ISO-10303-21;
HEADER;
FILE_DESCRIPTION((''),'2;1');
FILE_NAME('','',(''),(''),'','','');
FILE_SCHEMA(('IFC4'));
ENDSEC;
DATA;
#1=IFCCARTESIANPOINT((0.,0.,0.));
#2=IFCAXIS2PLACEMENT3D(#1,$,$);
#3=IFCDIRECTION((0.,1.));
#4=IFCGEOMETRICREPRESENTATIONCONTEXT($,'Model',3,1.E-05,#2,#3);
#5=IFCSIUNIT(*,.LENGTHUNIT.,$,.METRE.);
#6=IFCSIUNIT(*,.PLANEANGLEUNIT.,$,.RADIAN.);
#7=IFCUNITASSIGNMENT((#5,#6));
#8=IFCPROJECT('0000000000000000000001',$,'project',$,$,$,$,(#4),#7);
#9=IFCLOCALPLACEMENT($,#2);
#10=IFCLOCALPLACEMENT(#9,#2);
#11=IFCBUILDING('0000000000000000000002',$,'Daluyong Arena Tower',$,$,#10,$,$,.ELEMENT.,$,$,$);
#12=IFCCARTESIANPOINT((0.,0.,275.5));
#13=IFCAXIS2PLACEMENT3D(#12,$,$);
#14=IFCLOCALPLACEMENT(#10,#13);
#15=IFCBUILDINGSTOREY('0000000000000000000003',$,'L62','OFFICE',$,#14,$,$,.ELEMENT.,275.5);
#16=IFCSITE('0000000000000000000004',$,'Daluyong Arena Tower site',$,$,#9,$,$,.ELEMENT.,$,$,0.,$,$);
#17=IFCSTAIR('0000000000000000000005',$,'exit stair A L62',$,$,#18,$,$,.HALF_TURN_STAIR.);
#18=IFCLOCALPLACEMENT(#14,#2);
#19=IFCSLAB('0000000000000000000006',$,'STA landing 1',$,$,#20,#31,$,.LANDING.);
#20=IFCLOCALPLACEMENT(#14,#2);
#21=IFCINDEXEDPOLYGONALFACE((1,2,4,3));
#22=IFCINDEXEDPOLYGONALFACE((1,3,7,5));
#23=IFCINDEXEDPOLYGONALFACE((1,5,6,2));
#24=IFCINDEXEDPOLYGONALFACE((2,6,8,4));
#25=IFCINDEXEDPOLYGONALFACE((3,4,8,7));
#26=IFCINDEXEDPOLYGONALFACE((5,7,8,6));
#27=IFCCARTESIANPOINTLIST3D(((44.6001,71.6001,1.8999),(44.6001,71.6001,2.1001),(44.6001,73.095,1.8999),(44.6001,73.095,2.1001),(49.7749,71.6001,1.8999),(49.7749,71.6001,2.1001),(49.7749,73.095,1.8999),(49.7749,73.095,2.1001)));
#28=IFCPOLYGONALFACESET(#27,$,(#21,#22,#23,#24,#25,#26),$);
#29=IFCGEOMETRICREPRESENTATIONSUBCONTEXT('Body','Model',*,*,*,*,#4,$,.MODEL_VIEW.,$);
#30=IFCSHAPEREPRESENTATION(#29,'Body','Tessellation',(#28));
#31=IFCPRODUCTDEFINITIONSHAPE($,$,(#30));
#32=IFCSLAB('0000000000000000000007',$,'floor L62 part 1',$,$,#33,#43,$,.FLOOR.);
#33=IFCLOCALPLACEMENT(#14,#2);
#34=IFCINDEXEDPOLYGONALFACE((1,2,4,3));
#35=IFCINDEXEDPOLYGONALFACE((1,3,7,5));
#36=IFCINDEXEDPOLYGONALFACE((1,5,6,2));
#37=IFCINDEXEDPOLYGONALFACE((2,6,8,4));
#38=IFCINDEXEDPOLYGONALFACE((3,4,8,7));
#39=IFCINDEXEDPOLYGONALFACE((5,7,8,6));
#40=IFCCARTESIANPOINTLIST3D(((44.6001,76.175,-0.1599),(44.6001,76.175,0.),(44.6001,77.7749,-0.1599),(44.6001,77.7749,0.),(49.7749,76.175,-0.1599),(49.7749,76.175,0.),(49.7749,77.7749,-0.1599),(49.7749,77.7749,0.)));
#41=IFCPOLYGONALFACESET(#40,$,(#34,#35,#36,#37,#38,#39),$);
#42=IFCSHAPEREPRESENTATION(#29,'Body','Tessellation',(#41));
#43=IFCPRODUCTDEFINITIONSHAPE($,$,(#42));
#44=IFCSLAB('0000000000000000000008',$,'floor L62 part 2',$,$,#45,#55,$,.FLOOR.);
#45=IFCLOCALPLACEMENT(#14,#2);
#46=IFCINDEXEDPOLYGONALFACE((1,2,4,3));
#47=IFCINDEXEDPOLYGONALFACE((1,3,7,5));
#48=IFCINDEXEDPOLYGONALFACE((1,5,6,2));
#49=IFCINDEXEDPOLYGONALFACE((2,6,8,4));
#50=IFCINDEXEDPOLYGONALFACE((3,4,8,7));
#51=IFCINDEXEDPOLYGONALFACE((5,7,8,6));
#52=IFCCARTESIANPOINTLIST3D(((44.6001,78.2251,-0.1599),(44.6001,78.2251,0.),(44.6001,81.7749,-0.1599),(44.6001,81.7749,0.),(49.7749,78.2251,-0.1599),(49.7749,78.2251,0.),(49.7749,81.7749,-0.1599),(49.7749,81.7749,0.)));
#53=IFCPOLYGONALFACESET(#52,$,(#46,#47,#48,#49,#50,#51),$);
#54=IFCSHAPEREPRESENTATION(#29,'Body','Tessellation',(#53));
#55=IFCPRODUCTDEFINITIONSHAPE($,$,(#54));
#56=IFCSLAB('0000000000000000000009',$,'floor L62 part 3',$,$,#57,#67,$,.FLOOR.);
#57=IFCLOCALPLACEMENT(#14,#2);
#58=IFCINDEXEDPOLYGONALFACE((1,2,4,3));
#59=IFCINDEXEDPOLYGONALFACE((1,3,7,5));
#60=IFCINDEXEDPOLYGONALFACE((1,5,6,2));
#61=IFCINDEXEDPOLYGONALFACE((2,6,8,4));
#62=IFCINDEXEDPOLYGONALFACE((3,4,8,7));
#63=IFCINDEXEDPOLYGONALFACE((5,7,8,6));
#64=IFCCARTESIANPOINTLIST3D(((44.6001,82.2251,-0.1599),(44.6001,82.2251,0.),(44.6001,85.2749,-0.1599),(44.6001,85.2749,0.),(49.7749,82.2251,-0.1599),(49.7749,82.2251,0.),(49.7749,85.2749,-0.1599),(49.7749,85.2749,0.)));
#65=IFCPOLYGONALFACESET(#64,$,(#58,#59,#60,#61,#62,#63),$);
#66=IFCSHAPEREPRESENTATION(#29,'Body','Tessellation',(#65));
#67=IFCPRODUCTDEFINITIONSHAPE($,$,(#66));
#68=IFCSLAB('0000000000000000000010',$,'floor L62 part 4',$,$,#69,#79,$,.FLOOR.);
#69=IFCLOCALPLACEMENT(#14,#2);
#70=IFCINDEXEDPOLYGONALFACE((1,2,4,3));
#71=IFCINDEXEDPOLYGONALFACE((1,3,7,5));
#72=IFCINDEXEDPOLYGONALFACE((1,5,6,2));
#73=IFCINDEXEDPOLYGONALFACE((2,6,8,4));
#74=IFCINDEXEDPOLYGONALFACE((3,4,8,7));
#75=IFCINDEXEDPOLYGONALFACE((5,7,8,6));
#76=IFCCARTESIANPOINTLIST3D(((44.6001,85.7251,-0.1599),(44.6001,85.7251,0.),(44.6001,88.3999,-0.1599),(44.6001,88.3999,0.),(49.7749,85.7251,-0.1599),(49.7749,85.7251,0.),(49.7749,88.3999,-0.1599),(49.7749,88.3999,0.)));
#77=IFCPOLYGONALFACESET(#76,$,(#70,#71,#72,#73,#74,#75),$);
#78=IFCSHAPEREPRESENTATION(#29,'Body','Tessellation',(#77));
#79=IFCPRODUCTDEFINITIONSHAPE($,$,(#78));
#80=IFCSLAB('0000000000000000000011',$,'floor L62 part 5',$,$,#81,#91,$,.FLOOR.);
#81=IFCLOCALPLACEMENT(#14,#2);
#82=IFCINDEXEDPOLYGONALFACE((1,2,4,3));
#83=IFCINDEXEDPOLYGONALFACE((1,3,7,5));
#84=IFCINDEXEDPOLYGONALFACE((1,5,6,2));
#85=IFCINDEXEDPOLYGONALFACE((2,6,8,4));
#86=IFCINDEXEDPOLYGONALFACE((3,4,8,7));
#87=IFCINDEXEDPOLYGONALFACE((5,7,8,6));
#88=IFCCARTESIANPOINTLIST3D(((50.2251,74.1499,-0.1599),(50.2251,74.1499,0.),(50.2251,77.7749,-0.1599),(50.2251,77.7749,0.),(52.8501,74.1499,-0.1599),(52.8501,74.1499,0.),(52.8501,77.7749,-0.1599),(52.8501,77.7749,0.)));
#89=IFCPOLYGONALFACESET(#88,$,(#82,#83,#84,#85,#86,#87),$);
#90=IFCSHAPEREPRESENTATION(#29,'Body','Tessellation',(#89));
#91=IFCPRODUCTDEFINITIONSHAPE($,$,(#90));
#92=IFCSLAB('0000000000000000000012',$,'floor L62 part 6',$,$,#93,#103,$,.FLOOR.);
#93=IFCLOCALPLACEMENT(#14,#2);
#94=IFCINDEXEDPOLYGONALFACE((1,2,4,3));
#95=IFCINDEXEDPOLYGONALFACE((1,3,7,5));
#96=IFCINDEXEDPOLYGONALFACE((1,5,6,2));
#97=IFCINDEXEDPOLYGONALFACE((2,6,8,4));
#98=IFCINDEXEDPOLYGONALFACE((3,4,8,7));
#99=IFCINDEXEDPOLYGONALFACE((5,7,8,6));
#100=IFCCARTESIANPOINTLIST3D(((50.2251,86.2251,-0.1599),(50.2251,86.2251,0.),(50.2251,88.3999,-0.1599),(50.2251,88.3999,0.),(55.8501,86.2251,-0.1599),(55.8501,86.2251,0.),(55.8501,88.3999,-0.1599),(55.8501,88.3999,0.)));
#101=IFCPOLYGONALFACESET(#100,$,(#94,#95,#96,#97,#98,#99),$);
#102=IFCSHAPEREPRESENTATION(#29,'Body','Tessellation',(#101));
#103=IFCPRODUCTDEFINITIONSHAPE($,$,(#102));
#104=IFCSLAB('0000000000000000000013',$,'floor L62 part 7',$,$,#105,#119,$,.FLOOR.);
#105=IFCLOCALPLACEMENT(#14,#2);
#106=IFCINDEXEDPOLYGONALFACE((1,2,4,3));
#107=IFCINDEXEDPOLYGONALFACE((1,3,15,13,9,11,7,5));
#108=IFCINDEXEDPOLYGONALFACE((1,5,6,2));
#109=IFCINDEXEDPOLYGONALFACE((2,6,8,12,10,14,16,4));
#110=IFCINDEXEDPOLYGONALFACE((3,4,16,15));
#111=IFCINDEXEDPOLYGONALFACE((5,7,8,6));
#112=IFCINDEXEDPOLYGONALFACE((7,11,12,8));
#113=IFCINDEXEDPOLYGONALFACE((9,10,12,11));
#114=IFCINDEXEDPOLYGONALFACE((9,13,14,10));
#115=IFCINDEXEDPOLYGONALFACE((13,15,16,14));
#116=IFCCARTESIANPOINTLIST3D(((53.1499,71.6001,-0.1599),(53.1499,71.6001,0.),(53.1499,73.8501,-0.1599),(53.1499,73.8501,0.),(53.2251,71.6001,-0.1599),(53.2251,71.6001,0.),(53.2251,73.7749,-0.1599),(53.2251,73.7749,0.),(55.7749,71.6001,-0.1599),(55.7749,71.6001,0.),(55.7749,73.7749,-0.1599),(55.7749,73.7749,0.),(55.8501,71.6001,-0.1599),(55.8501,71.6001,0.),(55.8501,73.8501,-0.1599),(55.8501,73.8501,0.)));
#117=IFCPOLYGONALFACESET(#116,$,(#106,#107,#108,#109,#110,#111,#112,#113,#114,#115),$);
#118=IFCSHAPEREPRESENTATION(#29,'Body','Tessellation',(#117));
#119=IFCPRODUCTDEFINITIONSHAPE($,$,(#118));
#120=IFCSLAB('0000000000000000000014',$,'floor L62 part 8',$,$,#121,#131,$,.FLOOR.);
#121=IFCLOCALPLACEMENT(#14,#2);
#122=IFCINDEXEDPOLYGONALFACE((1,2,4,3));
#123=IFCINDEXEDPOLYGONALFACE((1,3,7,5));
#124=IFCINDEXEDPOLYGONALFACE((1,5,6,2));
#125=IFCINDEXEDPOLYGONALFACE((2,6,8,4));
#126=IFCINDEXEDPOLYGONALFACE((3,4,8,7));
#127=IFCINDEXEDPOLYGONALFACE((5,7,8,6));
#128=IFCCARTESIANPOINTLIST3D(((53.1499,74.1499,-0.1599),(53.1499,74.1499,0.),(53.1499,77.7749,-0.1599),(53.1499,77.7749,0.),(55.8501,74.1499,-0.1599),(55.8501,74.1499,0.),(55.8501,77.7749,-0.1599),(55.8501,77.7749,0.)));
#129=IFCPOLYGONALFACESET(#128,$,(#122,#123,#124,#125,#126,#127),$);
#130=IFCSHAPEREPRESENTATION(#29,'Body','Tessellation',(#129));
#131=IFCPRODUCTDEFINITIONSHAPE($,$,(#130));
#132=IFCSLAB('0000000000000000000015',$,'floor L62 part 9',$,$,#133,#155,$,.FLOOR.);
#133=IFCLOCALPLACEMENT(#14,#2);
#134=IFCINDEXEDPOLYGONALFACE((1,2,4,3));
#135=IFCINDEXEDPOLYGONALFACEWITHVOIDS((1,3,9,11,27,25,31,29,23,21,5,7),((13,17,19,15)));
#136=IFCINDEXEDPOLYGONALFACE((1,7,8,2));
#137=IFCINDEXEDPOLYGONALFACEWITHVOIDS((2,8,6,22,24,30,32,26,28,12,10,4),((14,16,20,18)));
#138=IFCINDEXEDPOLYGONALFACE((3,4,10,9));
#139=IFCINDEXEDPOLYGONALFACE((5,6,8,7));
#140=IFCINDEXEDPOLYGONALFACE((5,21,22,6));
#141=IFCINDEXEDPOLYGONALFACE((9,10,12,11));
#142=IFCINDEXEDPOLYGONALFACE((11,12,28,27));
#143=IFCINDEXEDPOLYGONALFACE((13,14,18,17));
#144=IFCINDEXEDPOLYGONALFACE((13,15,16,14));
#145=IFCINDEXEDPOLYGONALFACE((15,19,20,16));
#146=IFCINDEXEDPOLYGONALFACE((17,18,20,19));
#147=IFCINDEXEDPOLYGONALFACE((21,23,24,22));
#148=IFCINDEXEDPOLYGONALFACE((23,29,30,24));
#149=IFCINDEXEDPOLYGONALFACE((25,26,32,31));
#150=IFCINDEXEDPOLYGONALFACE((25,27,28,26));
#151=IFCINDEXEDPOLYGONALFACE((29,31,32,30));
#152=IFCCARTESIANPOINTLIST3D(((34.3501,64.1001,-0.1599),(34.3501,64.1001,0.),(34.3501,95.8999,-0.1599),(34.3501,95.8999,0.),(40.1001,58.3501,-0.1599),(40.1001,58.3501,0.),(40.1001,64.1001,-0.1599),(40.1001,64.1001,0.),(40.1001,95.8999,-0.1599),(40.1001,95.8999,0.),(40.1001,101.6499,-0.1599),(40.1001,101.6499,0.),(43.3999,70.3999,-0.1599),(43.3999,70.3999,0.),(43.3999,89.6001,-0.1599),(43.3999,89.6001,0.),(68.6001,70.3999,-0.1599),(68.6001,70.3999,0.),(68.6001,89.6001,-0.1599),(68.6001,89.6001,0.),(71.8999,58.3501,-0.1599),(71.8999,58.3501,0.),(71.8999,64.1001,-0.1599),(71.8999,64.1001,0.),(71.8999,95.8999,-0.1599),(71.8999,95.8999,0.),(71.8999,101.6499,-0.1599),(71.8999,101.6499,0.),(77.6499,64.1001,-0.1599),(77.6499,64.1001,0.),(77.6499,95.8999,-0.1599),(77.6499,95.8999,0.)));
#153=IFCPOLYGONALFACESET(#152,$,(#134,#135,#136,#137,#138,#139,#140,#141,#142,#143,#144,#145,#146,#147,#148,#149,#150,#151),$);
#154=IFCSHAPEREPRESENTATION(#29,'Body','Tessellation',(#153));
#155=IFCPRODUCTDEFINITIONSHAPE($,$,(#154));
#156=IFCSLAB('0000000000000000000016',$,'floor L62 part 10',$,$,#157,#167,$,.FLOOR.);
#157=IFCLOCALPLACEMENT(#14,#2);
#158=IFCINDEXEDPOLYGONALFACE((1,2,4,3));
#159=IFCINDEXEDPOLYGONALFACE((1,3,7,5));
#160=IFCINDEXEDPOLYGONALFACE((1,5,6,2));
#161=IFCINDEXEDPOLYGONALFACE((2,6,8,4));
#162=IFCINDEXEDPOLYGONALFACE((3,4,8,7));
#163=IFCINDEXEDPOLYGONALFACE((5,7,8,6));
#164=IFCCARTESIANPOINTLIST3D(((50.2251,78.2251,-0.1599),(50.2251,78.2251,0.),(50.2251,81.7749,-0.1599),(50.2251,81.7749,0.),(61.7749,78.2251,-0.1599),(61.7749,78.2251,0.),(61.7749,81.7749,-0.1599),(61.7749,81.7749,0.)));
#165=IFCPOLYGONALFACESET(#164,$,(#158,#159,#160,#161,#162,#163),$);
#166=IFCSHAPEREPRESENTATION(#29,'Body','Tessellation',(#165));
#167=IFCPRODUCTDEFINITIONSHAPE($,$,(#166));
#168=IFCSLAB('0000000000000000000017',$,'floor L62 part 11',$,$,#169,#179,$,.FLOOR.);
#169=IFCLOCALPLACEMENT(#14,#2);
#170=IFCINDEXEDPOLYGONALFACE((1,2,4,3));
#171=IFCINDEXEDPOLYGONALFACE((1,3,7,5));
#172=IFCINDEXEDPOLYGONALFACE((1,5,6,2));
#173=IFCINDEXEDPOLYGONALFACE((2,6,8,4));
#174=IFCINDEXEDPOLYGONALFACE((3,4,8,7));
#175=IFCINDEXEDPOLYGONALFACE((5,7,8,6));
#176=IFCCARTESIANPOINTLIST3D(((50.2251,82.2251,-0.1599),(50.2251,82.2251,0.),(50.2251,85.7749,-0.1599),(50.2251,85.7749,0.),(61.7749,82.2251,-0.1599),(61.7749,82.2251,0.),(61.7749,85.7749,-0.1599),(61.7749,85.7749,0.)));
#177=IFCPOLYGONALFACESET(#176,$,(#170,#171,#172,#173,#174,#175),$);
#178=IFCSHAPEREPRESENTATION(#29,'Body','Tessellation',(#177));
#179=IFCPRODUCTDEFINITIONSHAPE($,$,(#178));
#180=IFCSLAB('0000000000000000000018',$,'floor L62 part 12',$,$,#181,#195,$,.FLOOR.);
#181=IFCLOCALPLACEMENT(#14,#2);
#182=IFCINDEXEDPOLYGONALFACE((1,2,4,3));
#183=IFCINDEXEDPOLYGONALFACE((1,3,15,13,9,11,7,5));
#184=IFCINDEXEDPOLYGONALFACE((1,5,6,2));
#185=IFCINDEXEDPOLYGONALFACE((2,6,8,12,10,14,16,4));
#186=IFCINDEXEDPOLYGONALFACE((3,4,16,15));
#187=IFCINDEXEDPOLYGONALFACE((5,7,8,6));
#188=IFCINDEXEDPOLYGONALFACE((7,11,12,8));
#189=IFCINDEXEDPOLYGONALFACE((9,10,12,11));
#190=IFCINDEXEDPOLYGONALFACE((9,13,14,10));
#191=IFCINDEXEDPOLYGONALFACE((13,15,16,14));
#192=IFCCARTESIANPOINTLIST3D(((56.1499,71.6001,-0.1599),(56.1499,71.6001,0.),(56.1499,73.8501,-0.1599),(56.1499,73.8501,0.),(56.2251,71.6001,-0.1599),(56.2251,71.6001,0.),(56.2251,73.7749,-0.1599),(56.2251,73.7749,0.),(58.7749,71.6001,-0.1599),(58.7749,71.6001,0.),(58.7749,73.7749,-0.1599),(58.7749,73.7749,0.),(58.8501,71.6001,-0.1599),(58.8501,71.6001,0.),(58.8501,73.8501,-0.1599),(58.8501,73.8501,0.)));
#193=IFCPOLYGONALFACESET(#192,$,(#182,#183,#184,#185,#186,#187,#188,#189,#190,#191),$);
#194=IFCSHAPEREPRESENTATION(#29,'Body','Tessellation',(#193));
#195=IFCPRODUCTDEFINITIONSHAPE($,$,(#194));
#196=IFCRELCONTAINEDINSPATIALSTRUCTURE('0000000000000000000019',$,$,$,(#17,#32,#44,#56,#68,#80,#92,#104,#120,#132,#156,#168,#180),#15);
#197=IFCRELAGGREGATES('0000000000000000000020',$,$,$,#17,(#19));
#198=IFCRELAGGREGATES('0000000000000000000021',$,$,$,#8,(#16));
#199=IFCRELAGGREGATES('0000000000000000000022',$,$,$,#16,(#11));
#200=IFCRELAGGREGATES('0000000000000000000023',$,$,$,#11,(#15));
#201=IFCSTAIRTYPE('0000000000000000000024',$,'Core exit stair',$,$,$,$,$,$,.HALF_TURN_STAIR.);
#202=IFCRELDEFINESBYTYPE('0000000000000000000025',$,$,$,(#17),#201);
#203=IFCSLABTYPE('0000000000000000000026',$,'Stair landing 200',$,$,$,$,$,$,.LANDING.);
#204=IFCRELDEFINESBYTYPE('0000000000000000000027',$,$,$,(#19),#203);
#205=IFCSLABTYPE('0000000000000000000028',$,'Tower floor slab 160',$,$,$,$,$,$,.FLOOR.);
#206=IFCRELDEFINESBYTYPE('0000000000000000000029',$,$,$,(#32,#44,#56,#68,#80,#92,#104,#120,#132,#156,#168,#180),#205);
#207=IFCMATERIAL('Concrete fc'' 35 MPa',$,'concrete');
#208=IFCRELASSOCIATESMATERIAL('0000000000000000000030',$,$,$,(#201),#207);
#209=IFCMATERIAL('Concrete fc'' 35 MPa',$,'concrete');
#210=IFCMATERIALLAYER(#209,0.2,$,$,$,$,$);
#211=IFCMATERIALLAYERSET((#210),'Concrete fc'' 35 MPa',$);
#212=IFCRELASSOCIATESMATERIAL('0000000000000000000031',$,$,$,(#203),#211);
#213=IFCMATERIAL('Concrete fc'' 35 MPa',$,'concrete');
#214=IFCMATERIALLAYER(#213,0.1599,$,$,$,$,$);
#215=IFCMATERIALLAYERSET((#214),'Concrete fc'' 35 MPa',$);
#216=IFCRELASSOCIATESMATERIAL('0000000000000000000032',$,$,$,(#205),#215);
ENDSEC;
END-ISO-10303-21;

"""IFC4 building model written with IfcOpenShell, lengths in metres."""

from ifc_helpers import new_model, si_unit, direction, frame, origin, place, context, subcontext, project, spatial, polyline, outline, extrude, material, layer, layer_set, type_object, element, aggregate, save


model = new_model("IFC4")

# Units and contexts
model_context = context("Model", 3, precision=1e-05, world=origin(), true_north=direction((0.0, 1.0)))
body_context = subcontext(model_context, "Body", "Model", "MODEL_VIEW")
ifc_project = project(units=[si_unit("LENGTHUNIT", "METRE"), si_unit("PLANEANGLEUNIT", "RADIAN")], contexts=[model_context])

# Site, building, storey
site_placement = place(None, origin())
site = spatial("IfcSite", under=ifc_project, at=site_placement, Name="Daluyong Arena Tower site", CompositionType="ELEMENT", RefElevation=0.0)
building_placement = place(site_placement, origin())
building = spatial("IfcBuilding", under=site, at=building_placement, Name="Daluyong Arena Tower", CompositionType="ELEMENT")
storey_placement = place(building_placement, frame((0.0, 0.0, 275.5)))
storey = spatial("IfcBuildingStorey", under=building, at=storey_placement, Name="L62", Description="OFFICE", CompositionType="ELEMENT", Elevation=275.5)

# Stair, slab
ifc_material_1 = material(Name="Concrete fc' 35 MPa", Category="concrete")
stair_type = type_object("IfcStairType", Name="Core exit stair", PredefinedType="HALF_TURN_STAIR", material=ifc_material_1)
stair_placement = place(storey_placement, origin())
stair = element("IfcStair", 1, at=stair_placement, inside=storey, type_object=stair_type, Name="exit stair A L62", PredefinedType="HALF_TURN_STAIR")
ifc_material_2 = material(Name="Concrete fc' 35 MPa", Category="concrete")
ifc_layer_1 = layer(ifc_material_2, 0.2)
ifc_layer_set_1 = layer_set([ifc_layer_1], Name="Concrete fc' 35 MPa")
slab_type_1 = type_object("IfcSlabType", Name="Stair landing 200", PredefinedType="LANDING", material=ifc_layer_set_1)
slab_1_placement = place(storey_placement, frame((0.0, 0.0, 1.8999)))
slab_1 = element("IfcSlab", 2, at=slab_1_placement, type_object=slab_type_1, Name="STA landing 1", PredefinedType="LANDING", context=body_context, shape_type="SweptSolid", body=[
    extrude(outline(polyline([(44.6001, 71.6001), (49.7749, 71.6001), (49.7749, 73.095), (44.6001, 73.095), (44.6001, 71.6001)])), origin(), (0.0, 0.0, 1.0), 0.2002),
])
aggregate(stair, [slab_1])

# Slabs
ifc_material_3 = material(Name="Concrete fc' 35 MPa", Category="concrete")
ifc_layer_2 = layer(ifc_material_3, 0.1599)
ifc_layer_set_2 = layer_set([ifc_layer_2], Name="Concrete fc' 35 MPa")
slab_type_2 = type_object("IfcSlabType", Name="Tower floor slab 160", PredefinedType="FLOOR", material=ifc_layer_set_2)
slab_2_placement = place(storey_placement, frame((0.0, 0.0, -0.1599)))
element("IfcSlab", 3, at=slab_2_placement, inside=storey, type_object=slab_type_2, Name="floor L62 part 1", PredefinedType="FLOOR", context=body_context, shape_type="SweptSolid", body=[
    extrude(outline(polyline([(49.7749, 77.7749), (44.6001, 77.7749), (44.6001, 76.175), (49.7749, 76.175), (49.7749, 77.7749)])), origin(), (0.0, 0.0, 1.0), 0.1599),
])
slab_3_placement = place(storey_placement, frame((0.0, 0.0, -0.1599)))
element("IfcSlab", 4, at=slab_3_placement, inside=storey, type_object=slab_type_2, Name="floor L62 part 2", PredefinedType="FLOOR", context=body_context, shape_type="SweptSolid", body=[
    extrude(outline(polyline([(49.7749, 78.2251), (49.7749, 81.7749), (44.6001, 81.7749), (44.6001, 78.2251), (49.7749, 78.2251)])), origin(), (0.0, 0.0, 1.0), 0.1599),
])
slab_4_placement = place(storey_placement, frame((0.0, 0.0, -0.1599)))
element("IfcSlab", 5, at=slab_4_placement, inside=storey, type_object=slab_type_2, Name="floor L62 part 3", PredefinedType="FLOOR", context=body_context, shape_type="SweptSolid", body=[
    extrude(outline(polyline([(44.6001, 85.2749), (44.6001, 82.2251), (49.7749, 82.2251), (49.7749, 85.2749), (44.6001, 85.2749)])), origin(), (0.0, 0.0, 1.0), 0.1599),
])
slab_5_placement = place(storey_placement, frame((0.0, 0.0, -0.1599)))
element("IfcSlab", 6, at=slab_5_placement, inside=storey, type_object=slab_type_2, Name="floor L62 part 4", PredefinedType="FLOOR", context=body_context, shape_type="SweptSolid", body=[
    extrude(outline(polyline([(44.6001, 88.3999), (44.6001, 85.7251), (49.7749, 85.7251), (49.7749, 88.3999), (44.6001, 88.3999)])), origin(), (0.0, 0.0, 1.0), 0.1599),
])
slab_6_placement = place(storey_placement, frame((0.0, 0.0, -0.1599)))
element("IfcSlab", 7, at=slab_6_placement, inside=storey, type_object=slab_type_2, Name="floor L62 part 5", PredefinedType="FLOOR", context=body_context, shape_type="SweptSolid", body=[
    extrude(outline(polyline([(52.8501, 74.1499), (52.8501, 77.7749), (50.2251, 77.7749), (50.2251, 74.1499), (52.8501, 74.1499)])), origin(), (0.0, 0.0, 1.0), 0.1599),
])
slab_7_placement = place(storey_placement, frame((0.0, 0.0, -0.1599)))
element("IfcSlab", 8, at=slab_7_placement, inside=storey, type_object=slab_type_2, Name="floor L62 part 6", PredefinedType="FLOOR", context=body_context, shape_type="SweptSolid", body=[
    extrude(outline(polyline([(50.2251, 88.3999), (50.2251, 86.2251), (55.8501, 86.2251), (55.8501, 88.3999), (50.2251, 88.3999)])), origin(), (0.0, 0.0, 1.0), 0.1599),
])
slab_8_placement = place(storey_placement, frame((0.0, 0.0, -0.1599)))
element("IfcSlab", 9, at=slab_8_placement, inside=storey, type_object=slab_type_2, Name="floor L62 part 7", PredefinedType="FLOOR", context=body_context, shape_type="SweptSolid", body=[
    extrude(outline(polyline([(53.2251, 71.6001), (53.2251, 73.7749), (55.7749, 73.7749), (55.7749, 71.6001), (55.8501, 71.6001), (55.8501, 73.8501), (53.1499, 73.8501), (53.1499, 71.6001), (53.2251, 71.6001)])), origin(), (0.0, 0.0, 1.0), 0.1599),
])
slab_9_placement = place(storey_placement, frame((0.0, 0.0, -0.1599)))
element("IfcSlab", 10, at=slab_9_placement, inside=storey, type_object=slab_type_2, Name="floor L62 part 8", PredefinedType="FLOOR", context=body_context, shape_type="SweptSolid", body=[
    extrude(outline(polyline([(53.1499, 74.1499), (55.8501, 74.1499), (55.8501, 77.7749), (53.1499, 77.7749), (53.1499, 74.1499)])), origin(), (0.0, 0.0, 1.0), 0.1599),
])
slab_10_placement = place(storey_placement, frame((0.0, 0.0, -0.1599)))
element("IfcSlab", 11, at=slab_10_placement, inside=storey, type_object=slab_type_2, Name="floor L62 part 9", PredefinedType="FLOOR", context=body_context, shape_type="SweptSolid", body=[
    extrude(outline(polyline([(40.1001, 64.1001), (40.1001, 58.3501), (71.8999, 58.3501), (71.8999, 64.1001), (77.6499, 64.1001), (77.6499, 95.8999), (71.8999, 95.8999), (71.8999, 101.6499), (40.1001, 101.6499), (40.1001, 95.8999), (34.3501, 95.8999), (34.3501, 64.1001), (40.1001, 64.1001)]), holes=[polyline([(68.6001, 89.6001), (68.6001, 70.3999), (43.3999, 70.3999), (43.3999, 89.6001), (68.6001, 89.6001)])]), origin(), (0.0, 0.0, 1.0), 0.1599),
])
slab_11_placement = place(storey_placement, frame((0.0, 0.0, -0.1599)))
element("IfcSlab", 12, at=slab_11_placement, inside=storey, type_object=slab_type_2, Name="floor L62 part 10", PredefinedType="FLOOR", context=body_context, shape_type="SweptSolid", body=[
    extrude(outline(polyline([(50.2251, 81.7749), (50.2251, 78.2251), (61.7749, 78.2251), (61.7749, 81.7749), (50.2251, 81.7749)])), origin(), (0.0, 0.0, 1.0), 0.1599),
])
slab_12_placement = place(storey_placement, frame((0.0, 0.0, -0.1599)))
element("IfcSlab", 13, at=slab_12_placement, inside=storey, type_object=slab_type_2, Name="floor L62 part 11", PredefinedType="FLOOR", context=body_context, shape_type="SweptSolid", body=[
    extrude(outline(polyline([(50.2251, 85.7749), (50.2251, 82.2251), (61.7749, 82.2251), (61.7749, 85.7749), (50.2251, 85.7749)])), origin(), (0.0, 0.0, 1.0), 0.1599),
])
slab_13_placement = place(storey_placement, frame((0.0, 0.0, -0.1599)))
element("IfcSlab", 14, at=slab_13_placement, inside=storey, type_object=slab_type_2, Name="floor L62 part 12", PredefinedType="FLOOR", context=body_context, shape_type="SweptSolid", body=[
    extrude(outline(polyline([(56.2251, 71.6001), (56.2251, 73.7749), (58.7749, 73.7749), (58.7749, 71.6001), (58.8501, 71.6001), (58.8501, 73.8501), (56.1499, 73.8501), (56.1499, 71.6001), (56.2251, 71.6001)])), origin(), (0.0, 0.0, 1.0), 0.1599),
])

save(model, "model.ifc")
